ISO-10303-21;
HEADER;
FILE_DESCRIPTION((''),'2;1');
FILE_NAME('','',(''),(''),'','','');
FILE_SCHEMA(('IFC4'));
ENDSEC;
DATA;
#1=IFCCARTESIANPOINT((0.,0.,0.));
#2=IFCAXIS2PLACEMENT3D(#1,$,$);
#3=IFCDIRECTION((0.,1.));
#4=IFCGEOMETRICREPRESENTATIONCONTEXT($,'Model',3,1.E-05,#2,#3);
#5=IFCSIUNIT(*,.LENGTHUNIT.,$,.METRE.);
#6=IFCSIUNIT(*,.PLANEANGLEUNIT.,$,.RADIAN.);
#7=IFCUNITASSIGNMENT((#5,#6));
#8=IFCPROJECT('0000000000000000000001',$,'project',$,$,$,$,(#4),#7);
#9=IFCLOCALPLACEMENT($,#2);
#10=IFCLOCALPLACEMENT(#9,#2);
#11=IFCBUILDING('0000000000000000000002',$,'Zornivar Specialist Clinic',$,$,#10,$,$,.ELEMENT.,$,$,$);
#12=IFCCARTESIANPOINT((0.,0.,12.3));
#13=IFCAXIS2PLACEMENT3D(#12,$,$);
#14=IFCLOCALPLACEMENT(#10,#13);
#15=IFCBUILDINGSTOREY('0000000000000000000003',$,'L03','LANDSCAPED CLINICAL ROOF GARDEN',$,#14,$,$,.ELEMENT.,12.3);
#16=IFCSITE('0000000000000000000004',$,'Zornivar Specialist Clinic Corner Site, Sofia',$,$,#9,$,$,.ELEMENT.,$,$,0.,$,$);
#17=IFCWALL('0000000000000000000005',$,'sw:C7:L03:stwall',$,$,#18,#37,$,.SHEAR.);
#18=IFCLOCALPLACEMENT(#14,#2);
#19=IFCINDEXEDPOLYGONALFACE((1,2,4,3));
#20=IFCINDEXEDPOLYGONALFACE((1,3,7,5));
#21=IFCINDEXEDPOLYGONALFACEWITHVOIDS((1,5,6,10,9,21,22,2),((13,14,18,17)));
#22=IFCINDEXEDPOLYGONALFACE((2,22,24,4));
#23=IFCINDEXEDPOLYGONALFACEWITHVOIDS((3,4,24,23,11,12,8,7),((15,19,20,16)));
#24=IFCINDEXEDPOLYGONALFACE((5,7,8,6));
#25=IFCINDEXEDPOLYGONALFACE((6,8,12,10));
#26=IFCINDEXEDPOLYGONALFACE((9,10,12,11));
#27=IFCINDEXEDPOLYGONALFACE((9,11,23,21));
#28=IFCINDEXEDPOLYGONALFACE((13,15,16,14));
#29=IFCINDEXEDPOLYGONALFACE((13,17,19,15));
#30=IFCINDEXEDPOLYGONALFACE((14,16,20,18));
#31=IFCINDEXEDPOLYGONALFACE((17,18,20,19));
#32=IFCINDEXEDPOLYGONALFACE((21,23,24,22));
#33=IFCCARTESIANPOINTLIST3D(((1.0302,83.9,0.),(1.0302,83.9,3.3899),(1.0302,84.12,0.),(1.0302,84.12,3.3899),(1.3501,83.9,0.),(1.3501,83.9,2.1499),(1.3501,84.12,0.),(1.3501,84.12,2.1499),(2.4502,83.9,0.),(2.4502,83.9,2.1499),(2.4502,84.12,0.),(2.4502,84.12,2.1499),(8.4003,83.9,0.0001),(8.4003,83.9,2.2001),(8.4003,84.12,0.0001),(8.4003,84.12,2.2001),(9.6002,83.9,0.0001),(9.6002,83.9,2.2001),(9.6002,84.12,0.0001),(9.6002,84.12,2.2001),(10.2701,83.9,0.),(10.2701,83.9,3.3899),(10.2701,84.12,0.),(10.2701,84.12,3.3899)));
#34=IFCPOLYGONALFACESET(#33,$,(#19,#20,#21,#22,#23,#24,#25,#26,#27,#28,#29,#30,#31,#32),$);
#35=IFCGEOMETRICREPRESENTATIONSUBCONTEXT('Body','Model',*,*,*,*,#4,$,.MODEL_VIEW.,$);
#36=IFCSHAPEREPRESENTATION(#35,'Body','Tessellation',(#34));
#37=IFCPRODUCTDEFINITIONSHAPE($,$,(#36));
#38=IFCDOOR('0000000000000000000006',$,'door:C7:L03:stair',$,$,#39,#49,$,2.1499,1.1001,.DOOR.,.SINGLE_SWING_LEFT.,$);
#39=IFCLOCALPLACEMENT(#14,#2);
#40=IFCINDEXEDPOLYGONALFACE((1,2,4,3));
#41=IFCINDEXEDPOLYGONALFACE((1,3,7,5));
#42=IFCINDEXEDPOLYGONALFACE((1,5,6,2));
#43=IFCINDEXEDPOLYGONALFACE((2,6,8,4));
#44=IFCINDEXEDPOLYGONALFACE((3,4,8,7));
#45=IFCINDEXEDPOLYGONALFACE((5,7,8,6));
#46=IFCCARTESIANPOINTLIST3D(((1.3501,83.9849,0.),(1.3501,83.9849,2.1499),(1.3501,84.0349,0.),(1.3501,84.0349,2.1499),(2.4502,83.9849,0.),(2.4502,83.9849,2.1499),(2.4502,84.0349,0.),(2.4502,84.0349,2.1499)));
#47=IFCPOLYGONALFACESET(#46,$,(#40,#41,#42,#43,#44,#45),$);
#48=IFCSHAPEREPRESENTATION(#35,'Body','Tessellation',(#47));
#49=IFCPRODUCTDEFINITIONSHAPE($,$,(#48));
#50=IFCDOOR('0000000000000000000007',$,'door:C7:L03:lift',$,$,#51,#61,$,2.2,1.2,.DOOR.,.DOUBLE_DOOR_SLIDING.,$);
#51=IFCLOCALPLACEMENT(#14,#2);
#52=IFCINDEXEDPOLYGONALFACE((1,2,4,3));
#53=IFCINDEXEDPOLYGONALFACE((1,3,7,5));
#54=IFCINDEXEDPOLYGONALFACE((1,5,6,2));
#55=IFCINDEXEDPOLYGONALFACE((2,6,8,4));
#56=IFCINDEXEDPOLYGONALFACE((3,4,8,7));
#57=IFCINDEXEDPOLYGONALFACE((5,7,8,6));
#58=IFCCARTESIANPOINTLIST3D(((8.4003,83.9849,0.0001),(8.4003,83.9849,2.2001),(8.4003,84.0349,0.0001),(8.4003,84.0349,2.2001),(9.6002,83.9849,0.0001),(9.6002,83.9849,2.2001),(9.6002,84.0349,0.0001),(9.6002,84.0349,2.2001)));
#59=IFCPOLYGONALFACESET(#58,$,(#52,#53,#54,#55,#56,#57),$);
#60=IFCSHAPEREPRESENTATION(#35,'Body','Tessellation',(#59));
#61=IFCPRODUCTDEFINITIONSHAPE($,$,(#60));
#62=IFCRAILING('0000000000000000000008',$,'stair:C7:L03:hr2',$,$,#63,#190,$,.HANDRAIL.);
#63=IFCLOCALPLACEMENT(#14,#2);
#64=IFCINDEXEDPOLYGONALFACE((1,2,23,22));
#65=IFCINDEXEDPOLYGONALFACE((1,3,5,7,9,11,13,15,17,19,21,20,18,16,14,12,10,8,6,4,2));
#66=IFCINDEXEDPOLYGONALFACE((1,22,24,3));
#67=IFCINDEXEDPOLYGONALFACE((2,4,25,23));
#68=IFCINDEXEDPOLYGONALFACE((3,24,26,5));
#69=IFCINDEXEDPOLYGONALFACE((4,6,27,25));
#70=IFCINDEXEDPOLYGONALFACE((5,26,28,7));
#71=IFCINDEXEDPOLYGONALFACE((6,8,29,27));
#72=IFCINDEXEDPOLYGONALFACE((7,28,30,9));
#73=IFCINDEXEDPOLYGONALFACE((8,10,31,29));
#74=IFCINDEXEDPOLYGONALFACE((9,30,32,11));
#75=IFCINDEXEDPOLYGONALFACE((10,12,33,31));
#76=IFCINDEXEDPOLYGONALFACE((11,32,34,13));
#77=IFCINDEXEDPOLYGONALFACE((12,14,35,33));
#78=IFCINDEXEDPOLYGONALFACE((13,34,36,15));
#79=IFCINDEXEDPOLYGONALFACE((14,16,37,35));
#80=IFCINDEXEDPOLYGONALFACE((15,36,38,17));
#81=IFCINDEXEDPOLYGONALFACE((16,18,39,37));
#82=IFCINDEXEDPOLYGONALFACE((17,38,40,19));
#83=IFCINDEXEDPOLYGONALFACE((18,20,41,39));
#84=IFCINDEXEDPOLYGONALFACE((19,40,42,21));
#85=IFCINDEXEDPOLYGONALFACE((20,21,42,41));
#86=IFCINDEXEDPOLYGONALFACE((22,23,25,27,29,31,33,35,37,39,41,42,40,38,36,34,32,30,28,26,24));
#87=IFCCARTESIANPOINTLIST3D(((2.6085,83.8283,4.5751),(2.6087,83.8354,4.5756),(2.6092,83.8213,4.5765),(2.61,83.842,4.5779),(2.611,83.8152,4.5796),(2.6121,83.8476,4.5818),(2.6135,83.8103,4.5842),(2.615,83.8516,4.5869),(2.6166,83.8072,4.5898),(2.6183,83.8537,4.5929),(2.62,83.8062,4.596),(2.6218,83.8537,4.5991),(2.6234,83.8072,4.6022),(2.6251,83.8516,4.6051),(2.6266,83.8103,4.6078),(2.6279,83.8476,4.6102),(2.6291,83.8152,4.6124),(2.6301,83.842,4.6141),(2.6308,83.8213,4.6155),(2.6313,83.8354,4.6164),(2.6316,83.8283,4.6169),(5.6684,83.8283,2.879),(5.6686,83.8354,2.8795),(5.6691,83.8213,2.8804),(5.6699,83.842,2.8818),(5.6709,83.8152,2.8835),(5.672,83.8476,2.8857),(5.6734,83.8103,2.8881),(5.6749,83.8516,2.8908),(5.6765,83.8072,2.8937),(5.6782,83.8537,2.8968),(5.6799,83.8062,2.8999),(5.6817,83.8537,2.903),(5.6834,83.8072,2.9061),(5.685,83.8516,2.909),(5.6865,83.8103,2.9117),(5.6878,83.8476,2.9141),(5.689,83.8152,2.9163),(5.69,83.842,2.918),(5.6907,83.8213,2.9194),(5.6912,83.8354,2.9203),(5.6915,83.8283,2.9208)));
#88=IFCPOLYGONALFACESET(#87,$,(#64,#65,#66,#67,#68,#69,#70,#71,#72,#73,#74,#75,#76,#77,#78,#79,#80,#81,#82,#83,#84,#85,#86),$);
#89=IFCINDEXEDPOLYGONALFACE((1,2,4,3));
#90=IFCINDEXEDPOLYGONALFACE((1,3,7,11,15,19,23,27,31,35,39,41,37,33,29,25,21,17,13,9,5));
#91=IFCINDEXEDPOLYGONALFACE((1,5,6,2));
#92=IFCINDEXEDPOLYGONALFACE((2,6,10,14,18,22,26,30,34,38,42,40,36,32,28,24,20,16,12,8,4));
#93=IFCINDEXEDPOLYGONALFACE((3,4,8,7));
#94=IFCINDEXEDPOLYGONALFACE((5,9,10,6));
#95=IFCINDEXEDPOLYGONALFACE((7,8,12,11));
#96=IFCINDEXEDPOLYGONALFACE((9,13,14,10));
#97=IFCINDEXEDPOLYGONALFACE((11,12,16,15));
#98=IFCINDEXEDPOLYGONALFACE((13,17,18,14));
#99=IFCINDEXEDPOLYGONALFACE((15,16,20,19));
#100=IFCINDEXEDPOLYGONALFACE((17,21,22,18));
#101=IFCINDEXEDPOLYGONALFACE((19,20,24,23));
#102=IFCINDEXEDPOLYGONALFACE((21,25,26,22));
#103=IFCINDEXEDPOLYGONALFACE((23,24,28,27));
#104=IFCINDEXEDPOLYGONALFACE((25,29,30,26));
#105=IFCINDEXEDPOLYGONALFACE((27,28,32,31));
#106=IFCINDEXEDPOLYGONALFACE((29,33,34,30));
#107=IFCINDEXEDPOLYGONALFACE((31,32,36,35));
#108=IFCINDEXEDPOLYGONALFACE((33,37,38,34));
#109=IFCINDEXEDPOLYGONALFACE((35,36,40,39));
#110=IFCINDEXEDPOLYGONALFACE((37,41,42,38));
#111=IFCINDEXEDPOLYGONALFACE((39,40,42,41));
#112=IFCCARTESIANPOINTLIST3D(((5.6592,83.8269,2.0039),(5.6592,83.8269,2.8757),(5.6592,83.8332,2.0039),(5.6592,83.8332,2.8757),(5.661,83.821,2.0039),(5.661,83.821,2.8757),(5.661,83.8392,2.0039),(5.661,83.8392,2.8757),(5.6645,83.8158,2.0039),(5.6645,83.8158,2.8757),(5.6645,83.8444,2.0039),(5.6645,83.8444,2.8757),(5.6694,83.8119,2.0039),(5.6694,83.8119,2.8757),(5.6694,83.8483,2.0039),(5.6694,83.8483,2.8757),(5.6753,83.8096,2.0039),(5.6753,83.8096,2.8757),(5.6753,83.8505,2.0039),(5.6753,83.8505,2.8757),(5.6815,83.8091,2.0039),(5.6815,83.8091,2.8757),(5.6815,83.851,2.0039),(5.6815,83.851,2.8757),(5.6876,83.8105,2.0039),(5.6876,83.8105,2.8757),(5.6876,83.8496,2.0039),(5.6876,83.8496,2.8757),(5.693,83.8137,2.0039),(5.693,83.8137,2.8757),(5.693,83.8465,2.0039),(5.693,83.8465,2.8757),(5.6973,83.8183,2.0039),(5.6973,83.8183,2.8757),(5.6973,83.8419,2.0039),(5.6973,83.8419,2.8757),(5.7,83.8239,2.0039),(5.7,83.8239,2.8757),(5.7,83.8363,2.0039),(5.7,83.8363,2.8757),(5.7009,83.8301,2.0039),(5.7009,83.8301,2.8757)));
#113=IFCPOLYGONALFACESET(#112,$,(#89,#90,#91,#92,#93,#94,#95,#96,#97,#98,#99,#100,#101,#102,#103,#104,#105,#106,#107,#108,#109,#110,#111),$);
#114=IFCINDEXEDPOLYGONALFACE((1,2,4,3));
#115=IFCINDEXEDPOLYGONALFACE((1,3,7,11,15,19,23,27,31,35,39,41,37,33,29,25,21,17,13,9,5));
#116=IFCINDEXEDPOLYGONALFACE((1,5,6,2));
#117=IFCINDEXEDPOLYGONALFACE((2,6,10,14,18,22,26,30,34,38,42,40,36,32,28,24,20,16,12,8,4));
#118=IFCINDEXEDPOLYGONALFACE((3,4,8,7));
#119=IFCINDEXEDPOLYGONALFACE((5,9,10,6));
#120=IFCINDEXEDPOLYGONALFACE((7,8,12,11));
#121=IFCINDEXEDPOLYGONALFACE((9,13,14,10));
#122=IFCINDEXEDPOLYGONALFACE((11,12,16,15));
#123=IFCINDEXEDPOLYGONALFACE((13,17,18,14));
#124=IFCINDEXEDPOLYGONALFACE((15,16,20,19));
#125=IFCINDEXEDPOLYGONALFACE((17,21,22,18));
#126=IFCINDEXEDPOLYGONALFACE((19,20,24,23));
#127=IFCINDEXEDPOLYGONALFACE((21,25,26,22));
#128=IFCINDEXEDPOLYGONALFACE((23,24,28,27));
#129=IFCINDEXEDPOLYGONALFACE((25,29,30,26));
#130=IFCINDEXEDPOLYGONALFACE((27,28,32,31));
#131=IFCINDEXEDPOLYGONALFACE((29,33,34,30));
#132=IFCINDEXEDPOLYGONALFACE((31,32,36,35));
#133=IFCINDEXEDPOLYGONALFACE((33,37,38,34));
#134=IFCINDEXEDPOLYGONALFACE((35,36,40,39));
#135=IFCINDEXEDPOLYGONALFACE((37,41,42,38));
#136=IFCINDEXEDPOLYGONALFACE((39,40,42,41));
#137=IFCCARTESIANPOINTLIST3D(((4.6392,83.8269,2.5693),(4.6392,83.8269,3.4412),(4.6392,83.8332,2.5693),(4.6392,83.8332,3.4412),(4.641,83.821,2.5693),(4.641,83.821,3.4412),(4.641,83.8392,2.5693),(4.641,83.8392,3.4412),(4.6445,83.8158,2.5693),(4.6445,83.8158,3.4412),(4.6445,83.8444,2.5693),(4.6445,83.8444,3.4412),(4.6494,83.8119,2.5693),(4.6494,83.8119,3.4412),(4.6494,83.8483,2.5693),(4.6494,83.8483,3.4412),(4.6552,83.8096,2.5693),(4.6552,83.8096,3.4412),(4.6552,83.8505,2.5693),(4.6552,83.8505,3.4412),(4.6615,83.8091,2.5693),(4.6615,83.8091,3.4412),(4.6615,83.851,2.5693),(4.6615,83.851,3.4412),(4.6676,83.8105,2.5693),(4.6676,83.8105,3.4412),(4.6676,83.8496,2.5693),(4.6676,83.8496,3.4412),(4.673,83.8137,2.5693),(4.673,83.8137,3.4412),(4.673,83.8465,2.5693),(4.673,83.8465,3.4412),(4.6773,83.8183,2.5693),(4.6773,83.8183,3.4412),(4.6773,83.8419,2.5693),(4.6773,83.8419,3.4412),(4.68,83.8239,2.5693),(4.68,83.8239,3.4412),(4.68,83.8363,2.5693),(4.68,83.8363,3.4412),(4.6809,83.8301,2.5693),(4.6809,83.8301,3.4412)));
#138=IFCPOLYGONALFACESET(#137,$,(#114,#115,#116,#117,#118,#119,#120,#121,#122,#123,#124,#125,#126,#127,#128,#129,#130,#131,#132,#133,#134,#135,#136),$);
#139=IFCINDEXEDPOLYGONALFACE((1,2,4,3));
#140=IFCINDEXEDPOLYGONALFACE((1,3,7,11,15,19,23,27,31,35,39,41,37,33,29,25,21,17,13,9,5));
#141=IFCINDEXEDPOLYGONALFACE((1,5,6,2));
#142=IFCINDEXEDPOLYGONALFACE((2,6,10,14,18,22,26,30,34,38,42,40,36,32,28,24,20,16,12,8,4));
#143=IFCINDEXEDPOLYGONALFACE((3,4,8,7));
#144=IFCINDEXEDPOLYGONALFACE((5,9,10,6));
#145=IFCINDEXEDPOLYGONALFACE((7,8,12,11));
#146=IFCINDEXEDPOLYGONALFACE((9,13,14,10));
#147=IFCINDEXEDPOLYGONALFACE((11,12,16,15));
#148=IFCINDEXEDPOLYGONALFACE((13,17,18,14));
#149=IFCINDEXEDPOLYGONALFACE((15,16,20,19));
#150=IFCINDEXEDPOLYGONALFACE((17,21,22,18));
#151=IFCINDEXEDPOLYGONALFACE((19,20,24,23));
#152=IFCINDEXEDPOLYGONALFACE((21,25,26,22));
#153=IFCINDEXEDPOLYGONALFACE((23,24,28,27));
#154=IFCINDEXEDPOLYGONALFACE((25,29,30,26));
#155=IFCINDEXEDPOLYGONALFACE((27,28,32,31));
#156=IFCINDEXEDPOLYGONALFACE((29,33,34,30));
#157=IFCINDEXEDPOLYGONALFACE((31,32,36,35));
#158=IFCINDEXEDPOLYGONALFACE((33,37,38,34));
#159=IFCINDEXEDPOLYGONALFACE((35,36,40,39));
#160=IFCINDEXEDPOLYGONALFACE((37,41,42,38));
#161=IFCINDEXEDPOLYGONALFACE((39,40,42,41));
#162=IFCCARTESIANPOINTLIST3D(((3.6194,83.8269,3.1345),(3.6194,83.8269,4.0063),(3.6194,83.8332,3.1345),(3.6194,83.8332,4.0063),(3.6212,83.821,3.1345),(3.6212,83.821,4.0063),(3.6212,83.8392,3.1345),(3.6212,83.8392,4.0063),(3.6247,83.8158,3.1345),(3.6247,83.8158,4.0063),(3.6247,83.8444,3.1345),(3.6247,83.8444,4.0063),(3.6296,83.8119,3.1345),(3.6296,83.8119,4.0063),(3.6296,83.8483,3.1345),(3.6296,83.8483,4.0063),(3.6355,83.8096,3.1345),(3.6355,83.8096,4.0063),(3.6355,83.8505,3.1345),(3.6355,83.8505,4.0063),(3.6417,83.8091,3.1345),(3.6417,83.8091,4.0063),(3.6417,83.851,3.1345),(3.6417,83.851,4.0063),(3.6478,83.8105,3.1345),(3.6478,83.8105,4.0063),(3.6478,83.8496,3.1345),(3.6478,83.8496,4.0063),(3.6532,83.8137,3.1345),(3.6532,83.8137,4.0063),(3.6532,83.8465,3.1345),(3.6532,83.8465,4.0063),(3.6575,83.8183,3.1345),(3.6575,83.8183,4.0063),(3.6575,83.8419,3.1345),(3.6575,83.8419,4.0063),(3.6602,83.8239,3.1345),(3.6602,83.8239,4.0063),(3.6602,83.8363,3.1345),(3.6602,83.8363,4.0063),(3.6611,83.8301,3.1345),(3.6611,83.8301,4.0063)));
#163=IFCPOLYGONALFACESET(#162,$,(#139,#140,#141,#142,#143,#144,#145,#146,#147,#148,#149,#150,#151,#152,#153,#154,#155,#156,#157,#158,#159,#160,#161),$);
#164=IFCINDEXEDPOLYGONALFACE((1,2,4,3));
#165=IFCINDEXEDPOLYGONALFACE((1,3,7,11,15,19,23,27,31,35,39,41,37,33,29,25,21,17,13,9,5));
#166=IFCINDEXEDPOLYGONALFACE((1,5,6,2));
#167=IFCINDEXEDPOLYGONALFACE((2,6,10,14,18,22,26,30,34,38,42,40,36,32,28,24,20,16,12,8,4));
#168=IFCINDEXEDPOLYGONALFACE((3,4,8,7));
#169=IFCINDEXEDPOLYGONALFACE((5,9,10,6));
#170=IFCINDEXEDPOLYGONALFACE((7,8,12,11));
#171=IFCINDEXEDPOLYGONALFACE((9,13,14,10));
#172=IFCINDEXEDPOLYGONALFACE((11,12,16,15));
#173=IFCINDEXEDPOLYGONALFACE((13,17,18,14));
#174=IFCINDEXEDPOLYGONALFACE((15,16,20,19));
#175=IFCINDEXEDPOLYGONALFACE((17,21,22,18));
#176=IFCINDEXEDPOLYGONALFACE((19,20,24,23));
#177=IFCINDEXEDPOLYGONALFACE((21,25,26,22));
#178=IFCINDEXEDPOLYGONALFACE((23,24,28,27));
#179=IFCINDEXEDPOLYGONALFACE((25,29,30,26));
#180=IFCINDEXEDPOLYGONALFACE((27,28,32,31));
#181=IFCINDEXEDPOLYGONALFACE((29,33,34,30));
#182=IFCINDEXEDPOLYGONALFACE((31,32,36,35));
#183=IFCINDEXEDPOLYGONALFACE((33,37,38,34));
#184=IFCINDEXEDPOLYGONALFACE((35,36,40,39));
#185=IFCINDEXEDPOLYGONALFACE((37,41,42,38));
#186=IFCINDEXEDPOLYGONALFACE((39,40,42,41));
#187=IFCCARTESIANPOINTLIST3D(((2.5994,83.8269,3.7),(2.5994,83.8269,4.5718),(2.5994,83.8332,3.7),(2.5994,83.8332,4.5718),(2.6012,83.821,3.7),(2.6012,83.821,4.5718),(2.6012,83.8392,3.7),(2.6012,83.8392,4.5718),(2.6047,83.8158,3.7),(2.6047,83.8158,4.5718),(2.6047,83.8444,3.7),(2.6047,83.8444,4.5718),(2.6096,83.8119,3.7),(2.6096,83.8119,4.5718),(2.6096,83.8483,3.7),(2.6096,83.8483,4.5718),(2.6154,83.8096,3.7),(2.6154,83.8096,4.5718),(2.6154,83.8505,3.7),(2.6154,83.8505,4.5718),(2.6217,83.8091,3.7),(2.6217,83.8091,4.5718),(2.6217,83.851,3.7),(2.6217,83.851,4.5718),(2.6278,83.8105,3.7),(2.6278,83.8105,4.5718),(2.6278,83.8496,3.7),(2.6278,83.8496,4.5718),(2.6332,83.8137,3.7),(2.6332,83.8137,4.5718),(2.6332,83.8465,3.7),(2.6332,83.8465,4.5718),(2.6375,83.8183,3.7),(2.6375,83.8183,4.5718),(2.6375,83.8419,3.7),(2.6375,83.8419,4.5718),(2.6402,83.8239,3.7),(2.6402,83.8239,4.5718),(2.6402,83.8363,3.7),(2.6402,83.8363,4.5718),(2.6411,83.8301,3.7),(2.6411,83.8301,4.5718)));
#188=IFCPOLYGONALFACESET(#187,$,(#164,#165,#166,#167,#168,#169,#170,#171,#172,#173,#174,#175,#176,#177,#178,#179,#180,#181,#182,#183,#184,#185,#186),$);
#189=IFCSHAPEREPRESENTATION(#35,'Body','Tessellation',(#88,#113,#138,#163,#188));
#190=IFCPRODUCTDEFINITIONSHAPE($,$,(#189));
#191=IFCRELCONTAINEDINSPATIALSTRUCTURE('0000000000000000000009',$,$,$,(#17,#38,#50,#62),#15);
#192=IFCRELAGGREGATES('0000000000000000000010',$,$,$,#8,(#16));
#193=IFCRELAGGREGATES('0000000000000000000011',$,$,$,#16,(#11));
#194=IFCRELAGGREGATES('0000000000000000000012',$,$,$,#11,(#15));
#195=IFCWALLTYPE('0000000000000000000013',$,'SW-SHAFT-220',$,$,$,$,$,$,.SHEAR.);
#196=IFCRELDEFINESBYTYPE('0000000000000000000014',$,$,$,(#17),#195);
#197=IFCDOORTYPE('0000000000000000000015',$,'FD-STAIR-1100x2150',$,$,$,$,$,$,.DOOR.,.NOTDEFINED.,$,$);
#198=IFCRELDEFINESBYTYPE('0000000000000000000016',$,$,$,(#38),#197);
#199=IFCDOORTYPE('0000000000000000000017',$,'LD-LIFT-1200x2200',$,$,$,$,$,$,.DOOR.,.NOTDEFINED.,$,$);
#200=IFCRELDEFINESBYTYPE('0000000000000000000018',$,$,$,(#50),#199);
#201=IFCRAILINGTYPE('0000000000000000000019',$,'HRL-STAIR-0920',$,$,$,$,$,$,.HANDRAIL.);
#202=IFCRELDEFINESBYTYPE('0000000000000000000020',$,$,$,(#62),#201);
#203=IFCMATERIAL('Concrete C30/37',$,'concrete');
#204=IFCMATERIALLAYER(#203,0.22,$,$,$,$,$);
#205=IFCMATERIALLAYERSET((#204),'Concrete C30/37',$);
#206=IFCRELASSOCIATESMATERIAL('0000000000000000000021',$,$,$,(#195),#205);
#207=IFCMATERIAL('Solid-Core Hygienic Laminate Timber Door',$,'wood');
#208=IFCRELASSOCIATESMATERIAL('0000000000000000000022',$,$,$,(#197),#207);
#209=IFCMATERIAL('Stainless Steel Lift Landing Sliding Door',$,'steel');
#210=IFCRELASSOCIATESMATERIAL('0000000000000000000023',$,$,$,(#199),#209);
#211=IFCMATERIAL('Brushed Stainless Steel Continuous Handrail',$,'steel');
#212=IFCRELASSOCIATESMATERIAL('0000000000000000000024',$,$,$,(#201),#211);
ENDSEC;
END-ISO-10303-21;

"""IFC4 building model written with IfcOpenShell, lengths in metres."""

from ifc_helpers import new_model, si_unit, direction, frame, frame_2d, origin, origin_2d, place, context, subcontext, project, spatial, rectangle, circle, extrude, material, layer, layer_set, type_object, element, fill, save


model = new_model("IFC4")

# Units and contexts
model_context = context("Model", 3, precision=1e-05, world=origin(), true_north=direction((0.0, 1.0)))
body_context = subcontext(model_context, "Body", "Model", "MODEL_VIEW")
ifc_project = project(units=[si_unit("LENGTHUNIT", "METRE"), si_unit("PLANEANGLEUNIT", "RADIAN")], contexts=[model_context])

# Site, building, storey
site_placement = place(None, origin())
site = spatial("IfcSite", under=ifc_project, at=site_placement, Name="Zornivar Specialist Clinic Corner Site, Sofia", CompositionType="ELEMENT", RefElevation=0.0)
building_placement = place(site_placement, origin())
building = spatial("IfcBuilding", under=site, at=building_placement, Name="Zornivar Specialist Clinic", CompositionType="ELEMENT")
storey_placement = place(building_placement, frame((0.0, 0.0, 12.3)))
storey = spatial("IfcBuildingStorey", under=building, at=storey_placement, Name="L03", Description="LANDSCAPED CLINICAL ROOF GARDEN", CompositionType="ELEMENT", Elevation=12.3)

# Wall, openings, doors
ifc_material_1 = material(Name="Concrete C30/37", Category="concrete")
ifc_layer_1 = layer(ifc_material_1, 0.22)
ifc_layer_set_1 = layer_set([ifc_layer_1], Name="Concrete C30/37")
wall_type_1 = type_object("IfcWallType", Name="SW-SHAFT-220", PredefinedType="SHEAR", material=ifc_layer_set_1)
wall_1_placement = place(storey_placement, frame((1.03, 84.01, 0.0), z_axis=(0.0, 0.0, 1.0), x_axis=(1.0, 0.0, 0.0)))
wall_1 = element("IfcWall", 1, at=wall_1_placement, inside=storey, type_object=wall_type_1, Name="sw:C7:L03:stwall", PredefinedType="SHEAR", context=body_context, shape_type="SweptSolid", body=[
    extrude(rectangle(XDim=9.24, YDim=0.22, at=frame_2d((4.6201, 0.0))), origin(), (0.0, 0.0, 1.0), 3.3899),
])
opening_1_placement = place(wall_1_placement, frame((0.3201, 0.0, 0.0)))
opening_1 = element("IfcOpeningElement", 2, at=opening_1_placement, cuts=wall_1, PredefinedType="OPENING", context=body_context, shape_type="SweptSolid", body=[
    extrude(rectangle(XDim=1.1001, YDim=2.1499, at=frame_2d((0.55, 1.075))), frame((0.0, 0.1199, 0.0), z_axis=(0.0, -1.0, 0.0), x_axis=(1.0, 0.0, 0.0)), (0.0, 0.0, 1.0), 0.24),
])
opening_2_placement = place(wall_1_placement, frame((7.3701, 0.0, 0.0)))
opening_2 = element("IfcOpeningElement", 3, at=opening_2_placement, cuts=wall_1, PredefinedType="OPENING", context=body_context, shape_type="SweptSolid", body=[
    extrude(rectangle(XDim=1.2, YDim=2.2, at=frame_2d((0.6001, 1.1001))), frame((0.0, 0.1199, 0.0), z_axis=(0.0, -1.0, 0.0), x_axis=(1.0, 0.0, 0.0)), (0.0, 0.0, 1.0), 0.24),
])
ifc_material_2 = material(Name="Solid-Core Hygienic Laminate Timber Door", Category="wood")
door_type_1 = type_object("IfcDoorType", Name="FD-STAIR-1100x2150", OperationType="NOTDEFINED", PredefinedType="DOOR", material=ifc_material_2)
door_1_placement = place(opening_1_placement, origin())
door_1 = element("IfcDoor", 4, at=door_1_placement, inside=storey, type_object=door_type_1, Name="door:C7:L03:stair", OperationType="SINGLE_SWING_LEFT", OverallHeight=2.1499, OverallWidth=1.1001, PredefinedType="DOOR", context=body_context, shape_type="SweptSolid", body=[
    extrude(rectangle(XDim=1.1001, YDim=2.1499, at=frame_2d((0.55, 1.075))), frame((0.0, 0.0249, 0.0), z_axis=(0.0, -1.0, 0.0), x_axis=(1.0, 0.0, 0.0)), (0.0, 0.0, 1.0), 0.05),
])
fill(opening_1, door_1)
ifc_material_3 = material(Name="Stainless Steel Lift Landing Sliding Door", Category="steel")
door_type_2 = type_object("IfcDoorType", Name="LD-LIFT-1200x2200", OperationType="NOTDEFINED", PredefinedType="DOOR", material=ifc_material_3)
door_2_placement = place(opening_2_placement, origin())
door_2 = element("IfcDoor", 5, at=door_2_placement, inside=storey, type_object=door_type_2, Name="door:C7:L03:lift", OperationType="DOUBLE_DOOR_SLIDING", OverallHeight=2.2, OverallWidth=1.2, PredefinedType="DOOR", context=body_context, shape_type="SweptSolid", body=[
    extrude(rectangle(XDim=1.2, YDim=2.2, at=frame_2d((0.6001, 1.1001))), frame((0.0, 0.0249, 0.0), z_axis=(0.0, -1.0, 0.0), x_axis=(1.0, 0.0, 0.0)), (0.0, 0.0, 1.0), 0.05),
])
fill(opening_2, door_2)

# Railing
ifc_material_4 = material(Name="Brushed Stainless Steel Continuous Handrail", Category="steel")
railing_type = type_object("IfcRailingType", Name="HRL-STAIR-0920", PredefinedType="HANDRAIL", material=ifc_material_4)
railing_placement = place(storey_placement, frame((5.6799, 83.8301, 2.0039)))
element("IfcRailing", 6, at=railing_placement, inside=storey, type_object=railing_type, Name="stair:C7:L03:hr2", PredefinedType="HANDRAIL", context=body_context, shape_type="SweptSolid", body=[
    extrude(circle(Radius=0.0239, at=origin_2d()), frame((0.0, 0.0, 0.896), z_axis=(-0.874624, 0.0, 0.484801), x_axis=(0.0, -1.0, 0.0)), (0.0, 0.0, 1.0), 3.4985),
    extrude(circle(Radius=0.021, at=origin_2d()), origin(), (0.0, 0.0, 1.0), 0.8718),
    extrude(circle(Radius=0.021, at=origin_2d()), frame((-1.02, 0.0, 0.5654)), (0.0, 0.0, 1.0), 0.8718),
    extrude(circle(Radius=0.021, at=origin_2d()), frame((-2.0398, 0.0, 1.1306)), (0.0, 0.0, 1.0), 0.8718),
    extrude(circle(Radius=0.021, at=origin_2d()), frame((-3.0598, 0.0, 1.696)), (0.0, 0.0, 1.0), 0.8718),
])

save(model, "model.ifc")
